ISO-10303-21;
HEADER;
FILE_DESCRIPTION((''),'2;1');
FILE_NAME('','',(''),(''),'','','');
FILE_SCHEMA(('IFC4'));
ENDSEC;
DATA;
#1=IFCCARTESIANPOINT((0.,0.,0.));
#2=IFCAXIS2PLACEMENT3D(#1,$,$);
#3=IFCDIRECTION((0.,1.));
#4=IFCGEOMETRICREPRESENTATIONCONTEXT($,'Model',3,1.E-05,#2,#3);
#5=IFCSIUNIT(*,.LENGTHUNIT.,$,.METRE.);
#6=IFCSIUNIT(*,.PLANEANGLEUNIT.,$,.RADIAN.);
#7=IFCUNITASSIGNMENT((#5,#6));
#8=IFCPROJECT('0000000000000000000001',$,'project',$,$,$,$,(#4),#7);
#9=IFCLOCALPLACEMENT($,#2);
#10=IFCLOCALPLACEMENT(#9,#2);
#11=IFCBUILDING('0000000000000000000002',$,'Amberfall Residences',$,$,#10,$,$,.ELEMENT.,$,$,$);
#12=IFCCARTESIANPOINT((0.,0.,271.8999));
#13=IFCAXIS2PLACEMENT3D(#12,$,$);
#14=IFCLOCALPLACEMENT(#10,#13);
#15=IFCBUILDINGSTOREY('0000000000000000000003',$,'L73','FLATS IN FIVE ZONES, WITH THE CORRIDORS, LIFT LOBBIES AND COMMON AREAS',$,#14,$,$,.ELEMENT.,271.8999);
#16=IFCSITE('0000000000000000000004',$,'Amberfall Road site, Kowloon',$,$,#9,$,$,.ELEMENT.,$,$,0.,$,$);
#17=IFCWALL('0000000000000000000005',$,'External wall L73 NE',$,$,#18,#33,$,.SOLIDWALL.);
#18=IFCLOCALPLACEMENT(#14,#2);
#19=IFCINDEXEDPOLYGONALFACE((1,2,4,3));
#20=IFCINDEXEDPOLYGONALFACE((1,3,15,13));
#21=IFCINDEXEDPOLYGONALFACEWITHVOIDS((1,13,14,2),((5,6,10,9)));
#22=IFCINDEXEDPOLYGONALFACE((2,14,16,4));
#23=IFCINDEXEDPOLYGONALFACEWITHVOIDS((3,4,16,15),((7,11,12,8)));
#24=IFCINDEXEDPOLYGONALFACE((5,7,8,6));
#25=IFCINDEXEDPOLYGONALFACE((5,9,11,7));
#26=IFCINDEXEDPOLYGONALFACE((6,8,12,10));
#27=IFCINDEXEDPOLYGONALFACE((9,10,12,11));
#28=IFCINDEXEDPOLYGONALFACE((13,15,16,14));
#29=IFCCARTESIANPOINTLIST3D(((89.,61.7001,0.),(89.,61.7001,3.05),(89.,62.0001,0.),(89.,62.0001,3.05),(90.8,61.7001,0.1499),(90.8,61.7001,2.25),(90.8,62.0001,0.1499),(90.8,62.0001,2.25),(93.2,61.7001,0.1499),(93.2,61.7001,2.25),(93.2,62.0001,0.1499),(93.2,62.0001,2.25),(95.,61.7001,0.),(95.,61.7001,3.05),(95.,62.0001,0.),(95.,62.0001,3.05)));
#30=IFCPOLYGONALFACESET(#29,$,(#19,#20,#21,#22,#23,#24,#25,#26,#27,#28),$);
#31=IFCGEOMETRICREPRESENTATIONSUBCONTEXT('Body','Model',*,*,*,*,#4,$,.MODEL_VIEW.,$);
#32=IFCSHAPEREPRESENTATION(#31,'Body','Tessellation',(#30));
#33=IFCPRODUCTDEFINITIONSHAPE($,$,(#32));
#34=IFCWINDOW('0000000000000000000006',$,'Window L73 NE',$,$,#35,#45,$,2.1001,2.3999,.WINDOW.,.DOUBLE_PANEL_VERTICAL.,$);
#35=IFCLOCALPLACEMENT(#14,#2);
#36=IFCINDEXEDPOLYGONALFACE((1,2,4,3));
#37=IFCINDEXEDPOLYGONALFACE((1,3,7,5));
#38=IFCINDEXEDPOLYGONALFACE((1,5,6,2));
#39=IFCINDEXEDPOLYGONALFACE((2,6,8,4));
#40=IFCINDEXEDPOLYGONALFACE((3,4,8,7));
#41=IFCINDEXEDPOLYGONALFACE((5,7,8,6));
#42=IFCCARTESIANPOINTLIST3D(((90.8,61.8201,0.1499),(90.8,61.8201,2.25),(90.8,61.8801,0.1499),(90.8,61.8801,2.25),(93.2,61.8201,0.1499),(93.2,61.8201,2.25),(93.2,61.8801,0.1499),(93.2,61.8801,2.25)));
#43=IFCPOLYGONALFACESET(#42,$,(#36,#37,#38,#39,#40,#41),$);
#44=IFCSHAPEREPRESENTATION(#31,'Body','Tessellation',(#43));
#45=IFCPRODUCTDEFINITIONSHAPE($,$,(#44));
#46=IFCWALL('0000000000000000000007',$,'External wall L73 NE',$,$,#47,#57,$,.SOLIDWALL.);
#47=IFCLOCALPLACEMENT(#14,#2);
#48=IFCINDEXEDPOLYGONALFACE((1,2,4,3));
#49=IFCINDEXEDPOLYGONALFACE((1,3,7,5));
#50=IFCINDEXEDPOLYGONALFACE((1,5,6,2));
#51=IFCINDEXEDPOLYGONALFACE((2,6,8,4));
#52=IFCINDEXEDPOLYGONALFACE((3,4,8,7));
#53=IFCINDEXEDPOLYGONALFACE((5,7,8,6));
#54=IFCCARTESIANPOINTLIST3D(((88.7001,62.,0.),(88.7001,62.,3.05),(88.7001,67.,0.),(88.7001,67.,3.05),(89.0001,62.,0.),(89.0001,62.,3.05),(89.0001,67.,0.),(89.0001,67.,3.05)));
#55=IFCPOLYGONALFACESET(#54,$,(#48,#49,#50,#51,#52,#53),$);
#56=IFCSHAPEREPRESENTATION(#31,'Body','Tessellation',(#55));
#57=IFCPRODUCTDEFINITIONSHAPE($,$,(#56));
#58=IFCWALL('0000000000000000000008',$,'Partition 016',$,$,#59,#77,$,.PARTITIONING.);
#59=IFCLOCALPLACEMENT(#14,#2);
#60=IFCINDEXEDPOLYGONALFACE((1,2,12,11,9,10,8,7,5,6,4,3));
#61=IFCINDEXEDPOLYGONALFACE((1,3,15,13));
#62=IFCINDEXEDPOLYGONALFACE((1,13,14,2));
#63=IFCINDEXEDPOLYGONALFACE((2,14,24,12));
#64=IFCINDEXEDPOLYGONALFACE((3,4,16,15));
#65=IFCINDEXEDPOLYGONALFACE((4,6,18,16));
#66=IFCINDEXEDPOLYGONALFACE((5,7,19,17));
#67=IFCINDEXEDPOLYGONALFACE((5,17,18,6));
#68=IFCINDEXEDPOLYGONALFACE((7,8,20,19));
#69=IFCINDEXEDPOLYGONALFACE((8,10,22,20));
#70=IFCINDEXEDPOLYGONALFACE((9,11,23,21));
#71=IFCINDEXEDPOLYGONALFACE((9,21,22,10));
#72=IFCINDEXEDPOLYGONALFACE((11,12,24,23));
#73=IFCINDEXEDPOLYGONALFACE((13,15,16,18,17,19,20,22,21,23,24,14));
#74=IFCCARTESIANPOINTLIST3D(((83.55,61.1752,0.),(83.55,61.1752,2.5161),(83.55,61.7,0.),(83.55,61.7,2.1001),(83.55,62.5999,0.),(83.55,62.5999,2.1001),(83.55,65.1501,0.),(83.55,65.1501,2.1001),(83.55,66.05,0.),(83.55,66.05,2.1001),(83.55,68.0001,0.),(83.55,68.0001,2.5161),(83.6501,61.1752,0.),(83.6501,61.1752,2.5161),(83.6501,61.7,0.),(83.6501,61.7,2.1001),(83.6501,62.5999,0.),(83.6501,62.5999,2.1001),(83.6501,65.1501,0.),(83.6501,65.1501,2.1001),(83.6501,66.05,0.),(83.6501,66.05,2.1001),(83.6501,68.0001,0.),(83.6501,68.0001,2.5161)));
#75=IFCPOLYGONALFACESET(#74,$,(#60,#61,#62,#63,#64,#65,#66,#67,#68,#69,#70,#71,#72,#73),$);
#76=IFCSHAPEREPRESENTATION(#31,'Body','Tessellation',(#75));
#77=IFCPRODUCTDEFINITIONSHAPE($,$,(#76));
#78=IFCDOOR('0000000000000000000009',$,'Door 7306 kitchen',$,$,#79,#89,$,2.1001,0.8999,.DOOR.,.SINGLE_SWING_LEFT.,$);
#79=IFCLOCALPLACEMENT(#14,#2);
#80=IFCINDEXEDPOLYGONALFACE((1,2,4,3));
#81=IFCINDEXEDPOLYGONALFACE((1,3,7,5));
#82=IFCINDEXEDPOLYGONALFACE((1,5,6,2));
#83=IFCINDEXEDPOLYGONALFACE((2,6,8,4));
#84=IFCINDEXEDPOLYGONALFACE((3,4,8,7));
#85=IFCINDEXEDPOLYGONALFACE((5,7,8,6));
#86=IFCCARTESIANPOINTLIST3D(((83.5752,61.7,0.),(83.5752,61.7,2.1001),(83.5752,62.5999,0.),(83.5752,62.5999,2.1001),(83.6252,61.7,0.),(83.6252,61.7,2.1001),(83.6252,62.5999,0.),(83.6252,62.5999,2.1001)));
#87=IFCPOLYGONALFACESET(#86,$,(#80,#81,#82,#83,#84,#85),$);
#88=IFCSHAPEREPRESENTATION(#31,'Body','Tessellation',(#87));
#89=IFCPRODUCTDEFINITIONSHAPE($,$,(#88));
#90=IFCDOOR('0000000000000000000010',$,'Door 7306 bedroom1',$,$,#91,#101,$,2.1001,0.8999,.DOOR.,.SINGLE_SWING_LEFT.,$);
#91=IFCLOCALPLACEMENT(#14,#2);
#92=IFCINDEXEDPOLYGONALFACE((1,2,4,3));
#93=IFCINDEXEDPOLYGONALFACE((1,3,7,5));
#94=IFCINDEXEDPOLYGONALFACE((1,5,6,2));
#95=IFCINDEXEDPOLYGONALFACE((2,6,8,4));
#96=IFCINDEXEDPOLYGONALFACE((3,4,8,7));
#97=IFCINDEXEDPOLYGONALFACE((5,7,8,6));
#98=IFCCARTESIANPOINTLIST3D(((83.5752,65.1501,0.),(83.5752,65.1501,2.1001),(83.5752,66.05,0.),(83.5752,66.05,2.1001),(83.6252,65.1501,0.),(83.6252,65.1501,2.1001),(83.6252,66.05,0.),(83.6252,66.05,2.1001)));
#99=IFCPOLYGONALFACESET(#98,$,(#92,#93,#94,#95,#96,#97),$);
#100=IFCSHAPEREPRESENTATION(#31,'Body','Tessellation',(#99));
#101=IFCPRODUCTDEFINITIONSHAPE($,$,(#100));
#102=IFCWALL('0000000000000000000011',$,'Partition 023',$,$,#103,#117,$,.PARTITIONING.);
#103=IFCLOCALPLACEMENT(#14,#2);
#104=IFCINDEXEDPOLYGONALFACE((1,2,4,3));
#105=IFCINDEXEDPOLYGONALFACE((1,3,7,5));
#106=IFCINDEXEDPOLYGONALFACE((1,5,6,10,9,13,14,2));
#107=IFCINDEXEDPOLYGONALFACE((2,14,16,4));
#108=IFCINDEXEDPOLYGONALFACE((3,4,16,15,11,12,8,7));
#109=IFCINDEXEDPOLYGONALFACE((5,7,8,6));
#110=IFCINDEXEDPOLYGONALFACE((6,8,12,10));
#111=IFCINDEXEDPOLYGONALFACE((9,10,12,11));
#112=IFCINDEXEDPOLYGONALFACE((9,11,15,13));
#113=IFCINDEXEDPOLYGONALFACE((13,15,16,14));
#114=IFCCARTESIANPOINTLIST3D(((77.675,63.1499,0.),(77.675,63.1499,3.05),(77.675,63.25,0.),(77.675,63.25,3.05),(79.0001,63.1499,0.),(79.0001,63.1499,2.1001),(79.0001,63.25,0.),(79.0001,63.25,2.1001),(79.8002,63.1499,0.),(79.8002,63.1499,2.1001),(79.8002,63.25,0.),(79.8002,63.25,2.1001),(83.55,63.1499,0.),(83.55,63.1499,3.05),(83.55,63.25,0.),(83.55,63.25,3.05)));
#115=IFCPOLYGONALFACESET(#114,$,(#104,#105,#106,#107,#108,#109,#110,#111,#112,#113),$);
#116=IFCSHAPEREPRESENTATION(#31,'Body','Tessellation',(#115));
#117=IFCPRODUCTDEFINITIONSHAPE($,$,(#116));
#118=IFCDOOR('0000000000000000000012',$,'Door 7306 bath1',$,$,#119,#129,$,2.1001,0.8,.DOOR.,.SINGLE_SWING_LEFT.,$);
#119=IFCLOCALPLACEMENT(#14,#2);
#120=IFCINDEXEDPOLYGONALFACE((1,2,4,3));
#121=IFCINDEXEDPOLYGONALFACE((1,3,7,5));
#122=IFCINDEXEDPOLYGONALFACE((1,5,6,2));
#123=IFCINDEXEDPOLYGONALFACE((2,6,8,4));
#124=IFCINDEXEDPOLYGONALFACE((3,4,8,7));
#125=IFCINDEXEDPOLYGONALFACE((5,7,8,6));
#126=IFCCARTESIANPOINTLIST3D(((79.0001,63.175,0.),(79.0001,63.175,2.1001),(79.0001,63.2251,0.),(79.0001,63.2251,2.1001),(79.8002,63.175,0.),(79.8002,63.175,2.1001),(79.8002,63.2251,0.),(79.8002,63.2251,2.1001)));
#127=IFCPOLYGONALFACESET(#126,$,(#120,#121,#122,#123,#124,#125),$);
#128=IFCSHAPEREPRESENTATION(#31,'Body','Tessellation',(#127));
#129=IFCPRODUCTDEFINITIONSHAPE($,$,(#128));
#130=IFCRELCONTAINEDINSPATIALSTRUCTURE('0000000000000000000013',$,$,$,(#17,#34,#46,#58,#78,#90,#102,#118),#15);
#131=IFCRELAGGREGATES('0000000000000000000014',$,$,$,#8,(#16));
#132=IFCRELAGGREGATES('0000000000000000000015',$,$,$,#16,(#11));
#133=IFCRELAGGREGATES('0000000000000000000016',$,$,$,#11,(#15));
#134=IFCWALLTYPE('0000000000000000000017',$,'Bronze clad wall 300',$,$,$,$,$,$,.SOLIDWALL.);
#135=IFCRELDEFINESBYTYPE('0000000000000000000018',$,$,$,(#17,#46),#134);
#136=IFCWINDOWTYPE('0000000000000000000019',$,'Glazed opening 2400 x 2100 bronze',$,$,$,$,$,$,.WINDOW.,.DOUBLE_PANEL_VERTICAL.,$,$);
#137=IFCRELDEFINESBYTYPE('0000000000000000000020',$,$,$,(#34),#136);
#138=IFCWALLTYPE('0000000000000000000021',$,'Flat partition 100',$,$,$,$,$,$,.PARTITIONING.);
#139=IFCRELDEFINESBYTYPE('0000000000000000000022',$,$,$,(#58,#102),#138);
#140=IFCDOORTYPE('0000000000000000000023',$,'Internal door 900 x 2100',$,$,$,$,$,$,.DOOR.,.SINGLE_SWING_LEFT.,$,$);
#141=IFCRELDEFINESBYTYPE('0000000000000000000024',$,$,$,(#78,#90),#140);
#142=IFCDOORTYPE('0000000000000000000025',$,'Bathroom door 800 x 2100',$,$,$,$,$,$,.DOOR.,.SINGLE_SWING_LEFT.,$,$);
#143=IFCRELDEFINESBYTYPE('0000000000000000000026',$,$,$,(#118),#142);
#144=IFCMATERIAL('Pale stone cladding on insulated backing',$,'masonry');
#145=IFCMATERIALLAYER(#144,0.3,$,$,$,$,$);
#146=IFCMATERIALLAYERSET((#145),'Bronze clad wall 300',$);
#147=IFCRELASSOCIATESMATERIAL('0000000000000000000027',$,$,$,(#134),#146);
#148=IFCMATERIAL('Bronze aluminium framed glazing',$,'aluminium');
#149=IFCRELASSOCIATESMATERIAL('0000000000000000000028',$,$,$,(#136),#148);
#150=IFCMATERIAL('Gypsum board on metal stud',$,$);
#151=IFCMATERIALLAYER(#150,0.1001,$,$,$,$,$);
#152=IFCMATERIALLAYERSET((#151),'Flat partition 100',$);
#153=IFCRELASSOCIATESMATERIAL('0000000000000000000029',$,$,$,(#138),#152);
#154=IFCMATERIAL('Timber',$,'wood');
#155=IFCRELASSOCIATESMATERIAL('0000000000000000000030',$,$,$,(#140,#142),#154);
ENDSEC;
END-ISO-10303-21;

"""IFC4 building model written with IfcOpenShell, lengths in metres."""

from ifc_helpers import new_model, si_unit, direction, frame, frame_2d, origin, place, context, subcontext, project, spatial, rectangle, extrude, material, layer, layer_set, type_object, element, fill, save


model = new_model("IFC4")

# Units and contexts
model_context = context("Model", 3, precision=1e-05, world=origin(), true_north=direction((0.0, 1.0)))
body_context = subcontext(model_context, "Body", "Model", "MODEL_VIEW")
ifc_project = project(units=[si_unit("LENGTHUNIT", "METRE"), si_unit("PLANEANGLEUNIT", "RADIAN")], contexts=[model_context])

# Site, building, storey
site_placement = place(None, origin())
site = spatial("IfcSite", under=ifc_project, at=site_placement, Name="Amberfall Road site, Kowloon", CompositionType="ELEMENT", RefElevation=0.0)
building_placement = place(site_placement, origin())
building = spatial("IfcBuilding", under=site, at=building_placement, Name="Amberfall Residences", CompositionType="ELEMENT")
storey_placement = place(building_placement, frame((0.0, 0.0, 271.8999)))
storey = spatial("IfcBuildingStorey", under=building, at=storey_placement, Name="L73", Description="FLATS IN FIVE ZONES, WITH THE CORRIDORS, LIFT LOBBIES AND COMMON AREAS", CompositionType="ELEMENT", Elevation=271.8999)

# Wall, opening, window
ifc_material_1 = material(Name="Pale stone cladding on insulated backing", Category="masonry")
ifc_layer_1 = layer(ifc_material_1, 0.3)
ifc_layer_set_1 = layer_set([ifc_layer_1], Name="Bronze clad wall 300")
wall_type_1 = type_object("IfcWallType", Name="Bronze clad wall 300", PredefinedType="SOLIDWALL", material=ifc_layer_set_1)
wall_1_placement = place(storey_placement, frame((95.0, 61.8501, 0.0), z_axis=(0.0, 0.0, 1.0), x_axis=(-1.0, 0.0, 0.0)))
wall_1 = element("IfcWall", 1, at=wall_1_placement, inside=storey, type_object=wall_type_1, Name="External wall L73 NE", PredefinedType="SOLIDWALL", context=body_context, shape_type="SweptSolid", body=[
    extrude(rectangle(XDim=6.0, YDim=0.3, at=frame_2d((3.0, 0.0))), origin(), (0.0, 0.0, 1.0), 3.05),
])
opening_1_placement = place(wall_1_placement, frame((1.8, 0.0, 0.1499)))
opening_1 = element("IfcOpeningElement", 2, at=opening_1_placement, cuts=wall_1, PredefinedType="OPENING", context=body_context, shape_type="SweptSolid", body=[
    extrude(rectangle(XDim=2.3999, YDim=2.1001, at=frame_2d((1.2, 1.05))), frame((0.0, 0.1599, 0.0), z_axis=(0.0, -1.0, 0.0), x_axis=(1.0, 0.0, 0.0)), (0.0, 0.0, 1.0), 0.3201),
])
ifc_material_2 = material(Name="Bronze aluminium framed glazing", Category="aluminium")
window_type = type_object("IfcWindowType", Name="Glazed opening 2400 x 2100 bronze", PartitioningType="DOUBLE_PANEL_VERTICAL", PredefinedType="WINDOW", material=ifc_material_2)
window_placement = place(opening_1_placement, origin())
window = element("IfcWindow", 3, at=window_placement, inside=storey, type_object=window_type, Name="Window L73 NE", OverallHeight=2.1001, OverallWidth=2.3999, PartitioningType="DOUBLE_PANEL_VERTICAL", PredefinedType="WINDOW", context=body_context, shape_type="SweptSolid", body=[
    extrude(rectangle(XDim=2.3999, YDim=2.1001, at=frame_2d((1.2, 1.05))), frame((0.0, 0.03, 0.0), z_axis=(0.0, -1.0, 0.0), x_axis=(1.0, 0.0, 0.0)), (0.0, 0.0, 1.0), 0.0601),
])
fill(opening_1, window)

# Wall
wall_2_placement = place(storey_placement, frame((88.8501, 62.0, 0.0), z_axis=(0.0, 0.0, 1.0), x_axis=(0.0, 1.0, 0.0)))
element("IfcWall", 4, at=wall_2_placement, inside=storey, type_object=wall_type_1, Name="External wall L73 NE", PredefinedType="SOLIDWALL", context=body_context, shape_type="SweptSolid", body=[
    extrude(rectangle(XDim=5.0, YDim=0.3, at=frame_2d((2.5, 0.0))), origin(), (0.0, 0.0, 1.0), 3.05),
])

# Wall, openings, doors
ifc_material_3 = material(Name="Gypsum board on metal stud")
ifc_layer_2 = layer(ifc_material_3, 0.1001)
ifc_layer_set_2 = layer_set([ifc_layer_2], Name="Flat partition 100")
wall_type_2 = type_object("IfcWallType", Name="Flat partition 100", PredefinedType="PARTITIONING", material=ifc_layer_set_2)
wall_3_placement = place(storey_placement, frame((83.6001, 61.175, 0.0), z_axis=(0.0, 0.0, 1.0), x_axis=(0.0, 1.0, 0.0)))
wall_3 = element("IfcWall", 5, at=wall_3_placement, inside=storey, type_object=wall_type_2, Name="Partition 016", PredefinedType="PARTITIONING", context=body_context, shape_type="SweptSolid", body=[
    extrude(rectangle(XDim=6.825, YDim=0.1001, at=frame_2d((3.4126, 0.0))), origin(), (0.0, 0.0, 1.0), 2.5161),
])
opening_2_placement = place(wall_3_placement, frame((0.5249, 0.0, 0.0)))
opening_2 = element("IfcOpeningElement", 6, at=opening_2_placement, cuts=wall_3, PredefinedType="OPENING", context=body_context, shape_type="SweptSolid", body=[
    extrude(rectangle(XDim=0.8999, YDim=2.1001, at=frame_2d((0.45, 1.05))), frame((0.0, 0.0601, 0.0), z_axis=(0.0, -1.0, 0.0), x_axis=(1.0, 0.0, 0.0)), (0.0, 0.0, 1.0), 0.1201),
])
opening_3_placement = place(wall_3_placement, frame((3.9751, 0.0, 0.0)))
opening_3 = element("IfcOpeningElement", 7, at=opening_3_placement, cuts=wall_3, PredefinedType="OPENING", context=body_context, shape_type="SweptSolid", body=[
    extrude(rectangle(XDim=0.8999, YDim=2.1001, at=frame_2d((0.45, 1.05))), frame((0.0, 0.0601, 0.0), z_axis=(0.0, -1.0, 0.0), x_axis=(1.0, 0.0, 0.0)), (0.0, 0.0, 1.0), 0.1201),
])
ifc_material_4 = material(Name="Timber", Category="wood")
door_type_1 = type_object("IfcDoorType", Name="Internal door 900 x 2100", OperationType="SINGLE_SWING_LEFT", PredefinedType="DOOR", material=ifc_material_4)
door_1_placement = place(opening_2_placement, origin())
door_1 = element("IfcDoor", 8, at=door_1_placement, inside=storey, type_object=door_type_1, Name="Door 7306 kitchen", OperationType="SINGLE_SWING_LEFT", OverallHeight=2.1001, OverallWidth=0.8999, PredefinedType="DOOR", context=body_context, shape_type="SweptSolid", body=[
    extrude(rectangle(XDim=0.8999, YDim=2.1001, at=frame_2d((0.45, 1.05))), frame((0.0, 0.0249, 0.0), z_axis=(0.0, -1.0, 0.0), x_axis=(1.0, 0.0, 0.0)), (0.0, 0.0, 1.0), 0.05),
])
fill(opening_2, door_1)
door_2_placement = place(opening_3_placement, origin())
door_2 = element("IfcDoor", 9, at=door_2_placement, inside=storey, type_object=door_type_1, Name="Door 7306 bedroom1", OperationType="SINGLE_SWING_LEFT", OverallHeight=2.1001, OverallWidth=0.8999, PredefinedType="DOOR", context=body_context, shape_type="SweptSolid", body=[
    extrude(rectangle(XDim=0.8999, YDim=2.1001, at=frame_2d((0.45, 1.05))), frame((0.0, 0.0249, 0.0), z_axis=(0.0, -1.0, 0.0), x_axis=(1.0, 0.0, 0.0)), (0.0, 0.0, 1.0), 0.05),
])
fill(opening_3, door_2)

# Wall, opening, door
wall_4_placement = place(storey_placement, frame((83.55, 63.2, 0.0), z_axis=(0.0, 0.0, 1.0), x_axis=(-1.0, 0.0, 0.0)))
wall_4 = element("IfcWall", 10, at=wall_4_placement, inside=storey, type_object=wall_type_2, Name="Partition 023", PredefinedType="PARTITIONING", context=body_context, shape_type="SweptSolid", body=[
    extrude(rectangle(XDim=5.875, YDim=0.1001, at=frame_2d((2.9375, 0.0))), origin(), (0.0, 0.0, 1.0), 3.05),
])
opening_4_placement = place(wall_4_placement, frame((3.75, 0.0, 0.0)))
opening_4 = element("IfcOpeningElement", 11, at=opening_4_placement, cuts=wall_4, PredefinedType="OPENING", context=body_context, shape_type="SweptSolid", body=[
    extrude(rectangle(XDim=0.8, YDim=2.1001, at=frame_2d((0.3999, 1.05))), frame((0.0, 0.0601, 0.0), z_axis=(0.0, -1.0, 0.0), x_axis=(1.0, 0.0, 0.0)), (0.0, 0.0, 1.0), 0.1201),
])
door_type_2 = type_object("IfcDoorType", Name="Bathroom door 800 x 2100", OperationType="SINGLE_SWING_LEFT", PredefinedType="DOOR", material=ifc_material_4)
door_3_placement = place(opening_4_placement, origin())
door_3 = element("IfcDoor", 12, at=door_3_placement, inside=storey, type_object=door_type_2, Name="Door 7306 bath1", OperationType="SINGLE_SWING_LEFT", OverallHeight=2.1001, OverallWidth=0.8, PredefinedType="DOOR", context=body_context, shape_type="SweptSolid", body=[
    extrude(rectangle(XDim=0.8, YDim=2.1001, at=frame_2d((0.3999, 1.05))), frame((0.0, 0.0249, 0.0), z_axis=(0.0, -1.0, 0.0), x_axis=(1.0, 0.0, 0.0)), (0.0, 0.0, 1.0), 0.05),
])
fill(opening_4, door_3)

save(model, "model.ifc")
